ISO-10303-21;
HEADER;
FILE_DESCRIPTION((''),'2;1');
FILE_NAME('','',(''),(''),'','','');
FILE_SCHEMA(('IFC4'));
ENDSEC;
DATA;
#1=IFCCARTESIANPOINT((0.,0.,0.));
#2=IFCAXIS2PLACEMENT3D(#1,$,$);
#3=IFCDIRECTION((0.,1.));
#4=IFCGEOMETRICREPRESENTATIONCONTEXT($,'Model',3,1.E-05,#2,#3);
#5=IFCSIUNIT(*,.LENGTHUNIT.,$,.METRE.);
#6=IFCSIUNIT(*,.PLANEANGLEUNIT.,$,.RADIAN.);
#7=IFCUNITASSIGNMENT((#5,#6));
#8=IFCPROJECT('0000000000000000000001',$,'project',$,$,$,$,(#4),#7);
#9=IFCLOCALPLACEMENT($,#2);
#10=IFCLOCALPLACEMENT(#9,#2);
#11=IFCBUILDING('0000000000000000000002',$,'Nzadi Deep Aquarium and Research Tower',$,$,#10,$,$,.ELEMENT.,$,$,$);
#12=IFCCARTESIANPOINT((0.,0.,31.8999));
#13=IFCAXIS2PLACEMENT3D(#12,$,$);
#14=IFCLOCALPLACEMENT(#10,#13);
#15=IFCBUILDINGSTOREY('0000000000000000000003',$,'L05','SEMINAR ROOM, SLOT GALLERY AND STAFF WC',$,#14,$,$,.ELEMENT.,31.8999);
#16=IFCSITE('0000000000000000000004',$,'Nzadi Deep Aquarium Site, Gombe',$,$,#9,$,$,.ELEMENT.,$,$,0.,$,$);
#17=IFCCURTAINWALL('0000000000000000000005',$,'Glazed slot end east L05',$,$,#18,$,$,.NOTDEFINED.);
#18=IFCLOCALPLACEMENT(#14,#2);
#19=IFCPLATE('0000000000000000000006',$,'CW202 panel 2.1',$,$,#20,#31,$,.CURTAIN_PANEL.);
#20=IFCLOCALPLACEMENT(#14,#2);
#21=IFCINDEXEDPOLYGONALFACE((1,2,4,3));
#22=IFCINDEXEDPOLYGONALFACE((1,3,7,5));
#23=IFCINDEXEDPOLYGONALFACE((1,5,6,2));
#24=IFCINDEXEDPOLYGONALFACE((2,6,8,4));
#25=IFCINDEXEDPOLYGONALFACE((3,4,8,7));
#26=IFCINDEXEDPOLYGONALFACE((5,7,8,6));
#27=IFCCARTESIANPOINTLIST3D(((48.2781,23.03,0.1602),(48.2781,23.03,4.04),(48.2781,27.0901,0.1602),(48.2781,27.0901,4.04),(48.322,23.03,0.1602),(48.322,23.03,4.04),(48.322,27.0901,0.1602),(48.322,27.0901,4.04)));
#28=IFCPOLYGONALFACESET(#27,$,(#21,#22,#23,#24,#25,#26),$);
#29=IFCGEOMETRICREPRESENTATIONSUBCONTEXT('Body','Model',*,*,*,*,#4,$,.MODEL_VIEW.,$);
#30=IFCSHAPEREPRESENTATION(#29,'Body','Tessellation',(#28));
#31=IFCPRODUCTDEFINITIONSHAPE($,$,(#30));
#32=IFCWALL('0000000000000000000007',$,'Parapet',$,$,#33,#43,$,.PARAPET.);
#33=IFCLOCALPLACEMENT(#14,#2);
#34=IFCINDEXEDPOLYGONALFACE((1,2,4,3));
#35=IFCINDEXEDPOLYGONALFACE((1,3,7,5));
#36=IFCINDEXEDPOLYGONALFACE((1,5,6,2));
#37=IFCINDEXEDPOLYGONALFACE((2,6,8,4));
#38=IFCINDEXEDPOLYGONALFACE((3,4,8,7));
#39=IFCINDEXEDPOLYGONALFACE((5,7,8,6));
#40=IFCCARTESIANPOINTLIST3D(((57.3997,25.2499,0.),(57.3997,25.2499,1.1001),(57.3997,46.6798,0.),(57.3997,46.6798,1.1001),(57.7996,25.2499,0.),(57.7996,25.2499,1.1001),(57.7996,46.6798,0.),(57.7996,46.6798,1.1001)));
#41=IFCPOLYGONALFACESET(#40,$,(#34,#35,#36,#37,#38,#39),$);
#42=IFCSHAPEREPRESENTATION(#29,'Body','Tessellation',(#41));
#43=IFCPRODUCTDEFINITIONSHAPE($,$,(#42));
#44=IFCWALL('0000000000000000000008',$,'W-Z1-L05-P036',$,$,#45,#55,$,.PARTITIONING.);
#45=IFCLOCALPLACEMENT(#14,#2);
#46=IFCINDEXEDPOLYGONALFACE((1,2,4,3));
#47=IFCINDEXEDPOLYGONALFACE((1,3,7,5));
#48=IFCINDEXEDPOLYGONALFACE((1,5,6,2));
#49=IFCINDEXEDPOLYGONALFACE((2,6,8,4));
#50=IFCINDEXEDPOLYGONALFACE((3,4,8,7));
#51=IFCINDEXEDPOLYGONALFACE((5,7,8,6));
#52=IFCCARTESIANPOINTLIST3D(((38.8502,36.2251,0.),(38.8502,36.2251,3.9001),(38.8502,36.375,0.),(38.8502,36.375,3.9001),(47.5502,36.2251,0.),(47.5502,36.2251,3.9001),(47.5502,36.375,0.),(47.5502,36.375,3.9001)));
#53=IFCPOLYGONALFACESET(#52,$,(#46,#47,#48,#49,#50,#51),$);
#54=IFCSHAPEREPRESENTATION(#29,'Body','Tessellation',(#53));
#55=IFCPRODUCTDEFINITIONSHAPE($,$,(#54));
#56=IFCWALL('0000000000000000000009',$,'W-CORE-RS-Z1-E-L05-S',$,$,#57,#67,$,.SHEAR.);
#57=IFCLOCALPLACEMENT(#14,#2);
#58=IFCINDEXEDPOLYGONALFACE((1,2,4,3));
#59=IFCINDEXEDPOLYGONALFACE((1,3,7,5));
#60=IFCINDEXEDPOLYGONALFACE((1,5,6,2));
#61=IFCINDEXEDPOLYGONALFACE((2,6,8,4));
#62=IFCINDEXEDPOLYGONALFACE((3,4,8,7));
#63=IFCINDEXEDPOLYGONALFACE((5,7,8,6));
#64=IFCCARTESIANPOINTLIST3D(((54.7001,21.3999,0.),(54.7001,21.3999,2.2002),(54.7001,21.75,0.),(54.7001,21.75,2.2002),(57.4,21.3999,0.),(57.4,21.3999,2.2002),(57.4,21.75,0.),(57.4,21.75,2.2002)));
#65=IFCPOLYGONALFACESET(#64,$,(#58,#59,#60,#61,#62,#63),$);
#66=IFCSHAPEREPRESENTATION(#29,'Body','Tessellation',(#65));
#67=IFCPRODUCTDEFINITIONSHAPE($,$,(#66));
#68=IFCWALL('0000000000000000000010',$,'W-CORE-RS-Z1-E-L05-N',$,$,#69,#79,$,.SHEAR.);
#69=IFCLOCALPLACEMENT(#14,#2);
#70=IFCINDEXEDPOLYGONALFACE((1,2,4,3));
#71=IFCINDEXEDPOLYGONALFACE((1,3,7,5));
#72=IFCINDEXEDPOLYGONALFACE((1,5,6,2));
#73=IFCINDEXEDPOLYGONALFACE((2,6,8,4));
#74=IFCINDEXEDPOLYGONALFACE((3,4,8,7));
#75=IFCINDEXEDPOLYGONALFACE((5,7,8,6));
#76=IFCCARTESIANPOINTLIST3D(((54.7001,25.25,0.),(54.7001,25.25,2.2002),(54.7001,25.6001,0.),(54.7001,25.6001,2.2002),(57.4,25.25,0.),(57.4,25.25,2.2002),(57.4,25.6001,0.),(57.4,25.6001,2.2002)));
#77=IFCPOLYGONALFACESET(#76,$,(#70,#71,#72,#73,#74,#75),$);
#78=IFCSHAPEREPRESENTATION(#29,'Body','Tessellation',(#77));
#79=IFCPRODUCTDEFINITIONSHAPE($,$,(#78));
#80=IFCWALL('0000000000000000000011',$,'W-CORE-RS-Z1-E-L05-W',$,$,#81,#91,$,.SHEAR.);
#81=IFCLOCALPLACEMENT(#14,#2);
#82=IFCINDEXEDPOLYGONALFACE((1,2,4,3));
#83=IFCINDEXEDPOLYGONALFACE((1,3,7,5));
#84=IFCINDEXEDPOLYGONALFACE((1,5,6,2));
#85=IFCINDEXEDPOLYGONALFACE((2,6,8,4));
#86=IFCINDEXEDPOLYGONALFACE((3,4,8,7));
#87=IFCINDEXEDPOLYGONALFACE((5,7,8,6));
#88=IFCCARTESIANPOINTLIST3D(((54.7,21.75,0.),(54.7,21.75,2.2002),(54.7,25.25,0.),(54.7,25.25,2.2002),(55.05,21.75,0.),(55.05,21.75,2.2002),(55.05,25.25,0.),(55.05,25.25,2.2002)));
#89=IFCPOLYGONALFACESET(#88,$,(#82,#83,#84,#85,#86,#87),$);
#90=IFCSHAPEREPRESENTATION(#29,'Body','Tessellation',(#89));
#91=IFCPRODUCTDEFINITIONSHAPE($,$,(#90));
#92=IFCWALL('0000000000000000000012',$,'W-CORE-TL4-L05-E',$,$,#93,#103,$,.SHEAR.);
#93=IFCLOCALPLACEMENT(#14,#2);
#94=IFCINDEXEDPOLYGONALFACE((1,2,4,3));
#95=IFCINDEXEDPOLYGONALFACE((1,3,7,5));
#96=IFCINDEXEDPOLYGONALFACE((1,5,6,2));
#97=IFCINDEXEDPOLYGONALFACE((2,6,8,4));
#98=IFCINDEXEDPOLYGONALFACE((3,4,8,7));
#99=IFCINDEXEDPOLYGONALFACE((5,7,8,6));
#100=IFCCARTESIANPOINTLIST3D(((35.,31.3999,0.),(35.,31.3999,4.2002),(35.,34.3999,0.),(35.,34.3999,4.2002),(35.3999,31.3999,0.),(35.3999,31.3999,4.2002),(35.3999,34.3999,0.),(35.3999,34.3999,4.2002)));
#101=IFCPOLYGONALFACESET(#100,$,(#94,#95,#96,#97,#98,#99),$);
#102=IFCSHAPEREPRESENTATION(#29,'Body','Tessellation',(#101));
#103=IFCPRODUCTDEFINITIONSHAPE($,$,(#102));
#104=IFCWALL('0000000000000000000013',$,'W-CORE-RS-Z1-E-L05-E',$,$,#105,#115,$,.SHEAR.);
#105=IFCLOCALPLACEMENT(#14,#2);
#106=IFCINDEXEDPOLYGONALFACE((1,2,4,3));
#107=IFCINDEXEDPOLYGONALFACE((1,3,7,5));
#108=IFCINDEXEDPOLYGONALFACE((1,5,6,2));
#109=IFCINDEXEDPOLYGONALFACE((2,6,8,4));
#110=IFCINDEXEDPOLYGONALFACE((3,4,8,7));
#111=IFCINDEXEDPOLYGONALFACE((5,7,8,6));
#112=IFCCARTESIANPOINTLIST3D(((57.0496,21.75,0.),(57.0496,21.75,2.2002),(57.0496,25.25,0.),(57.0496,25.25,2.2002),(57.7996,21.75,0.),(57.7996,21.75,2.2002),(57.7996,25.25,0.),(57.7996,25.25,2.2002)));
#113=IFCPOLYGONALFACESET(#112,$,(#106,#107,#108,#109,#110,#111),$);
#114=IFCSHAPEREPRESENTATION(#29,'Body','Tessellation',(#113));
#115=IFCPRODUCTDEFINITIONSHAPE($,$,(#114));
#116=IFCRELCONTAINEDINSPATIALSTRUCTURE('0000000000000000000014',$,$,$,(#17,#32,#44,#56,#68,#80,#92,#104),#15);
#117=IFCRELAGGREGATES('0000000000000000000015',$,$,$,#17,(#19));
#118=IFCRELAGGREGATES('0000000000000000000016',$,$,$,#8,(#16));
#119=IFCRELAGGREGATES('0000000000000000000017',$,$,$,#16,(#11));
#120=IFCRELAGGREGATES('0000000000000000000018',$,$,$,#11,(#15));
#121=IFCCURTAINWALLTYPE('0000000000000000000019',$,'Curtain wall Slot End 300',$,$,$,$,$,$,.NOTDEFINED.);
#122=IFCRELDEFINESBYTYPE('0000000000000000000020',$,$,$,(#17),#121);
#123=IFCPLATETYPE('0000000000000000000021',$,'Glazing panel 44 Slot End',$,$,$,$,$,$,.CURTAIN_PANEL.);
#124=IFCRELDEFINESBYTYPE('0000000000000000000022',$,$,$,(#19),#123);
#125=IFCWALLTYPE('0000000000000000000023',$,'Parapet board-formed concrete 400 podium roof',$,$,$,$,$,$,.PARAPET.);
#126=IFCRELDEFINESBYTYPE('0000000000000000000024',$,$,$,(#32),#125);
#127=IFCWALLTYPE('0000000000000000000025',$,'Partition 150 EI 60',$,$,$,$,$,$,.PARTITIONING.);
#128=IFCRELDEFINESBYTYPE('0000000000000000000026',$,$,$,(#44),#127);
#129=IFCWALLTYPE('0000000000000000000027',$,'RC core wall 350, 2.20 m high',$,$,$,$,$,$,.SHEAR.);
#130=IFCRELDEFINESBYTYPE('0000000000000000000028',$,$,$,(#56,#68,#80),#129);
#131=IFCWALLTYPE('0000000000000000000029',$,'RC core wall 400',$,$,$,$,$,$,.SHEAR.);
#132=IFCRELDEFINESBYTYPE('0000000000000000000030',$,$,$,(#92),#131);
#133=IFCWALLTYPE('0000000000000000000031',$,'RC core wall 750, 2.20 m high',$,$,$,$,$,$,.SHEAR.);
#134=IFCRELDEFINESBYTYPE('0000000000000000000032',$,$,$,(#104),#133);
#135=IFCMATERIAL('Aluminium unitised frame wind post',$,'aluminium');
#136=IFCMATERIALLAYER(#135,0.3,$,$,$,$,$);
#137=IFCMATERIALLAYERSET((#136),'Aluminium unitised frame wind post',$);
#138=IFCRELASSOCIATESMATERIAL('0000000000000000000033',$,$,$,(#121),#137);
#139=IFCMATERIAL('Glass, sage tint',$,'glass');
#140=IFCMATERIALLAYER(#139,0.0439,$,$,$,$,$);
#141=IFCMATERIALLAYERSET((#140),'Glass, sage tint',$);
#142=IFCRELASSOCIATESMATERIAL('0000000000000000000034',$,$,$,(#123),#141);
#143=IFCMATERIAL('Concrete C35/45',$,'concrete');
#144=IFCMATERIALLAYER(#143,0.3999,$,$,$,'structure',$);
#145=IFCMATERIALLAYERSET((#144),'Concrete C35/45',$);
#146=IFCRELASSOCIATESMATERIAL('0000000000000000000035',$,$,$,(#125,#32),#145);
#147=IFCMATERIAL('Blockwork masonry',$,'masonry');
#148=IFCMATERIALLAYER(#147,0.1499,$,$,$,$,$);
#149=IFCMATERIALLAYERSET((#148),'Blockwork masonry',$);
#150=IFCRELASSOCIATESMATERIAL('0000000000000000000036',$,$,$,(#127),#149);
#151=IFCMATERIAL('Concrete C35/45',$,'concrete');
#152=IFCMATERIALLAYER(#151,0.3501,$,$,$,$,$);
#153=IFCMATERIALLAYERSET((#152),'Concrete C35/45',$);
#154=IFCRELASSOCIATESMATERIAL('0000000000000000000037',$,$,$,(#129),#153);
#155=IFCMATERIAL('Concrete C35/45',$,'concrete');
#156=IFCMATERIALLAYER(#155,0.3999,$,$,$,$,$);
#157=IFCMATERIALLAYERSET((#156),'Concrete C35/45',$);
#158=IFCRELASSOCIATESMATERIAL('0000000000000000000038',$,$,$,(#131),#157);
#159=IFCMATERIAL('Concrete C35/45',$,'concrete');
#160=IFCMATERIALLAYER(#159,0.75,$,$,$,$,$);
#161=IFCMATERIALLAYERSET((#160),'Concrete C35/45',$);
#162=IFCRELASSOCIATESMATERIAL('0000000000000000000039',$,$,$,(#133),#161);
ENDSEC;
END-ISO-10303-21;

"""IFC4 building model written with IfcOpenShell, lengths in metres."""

from ifc_helpers import new_model, si_unit, direction, frame, frame_2d, origin, origin_2d, place, context, subcontext, project, spatial, rectangle, extrude, material, layer, layer_set, layer_usage, type_object, element, aggregate, save


model = new_model("IFC4")

# Units and contexts
model_context = context("Model", 3, precision=1e-05, world=origin(), true_north=direction((0.0, 1.0)))
body_context = subcontext(model_context, "Body", "Model", "MODEL_VIEW")
ifc_project = project(units=[si_unit("LENGTHUNIT", "METRE"), si_unit("PLANEANGLEUNIT", "RADIAN")], contexts=[model_context])

# Site, building, storey
site_placement = place(None, origin())
site = spatial("IfcSite", under=ifc_project, at=site_placement, Name="Nzadi Deep Aquarium Site, Gombe", CompositionType="ELEMENT", RefElevation=0.0)
building_placement = place(site_placement, origin())
building = spatial("IfcBuilding", under=site, at=building_placement, Name="Nzadi Deep Aquarium and Research Tower", CompositionType="ELEMENT")
storey_placement = place(building_placement, frame((0.0, 0.0, 31.8999)))
storey = spatial("IfcBuildingStorey", under=building, at=storey_placement, Name="L05", Description="SEMINAR ROOM, SLOT GALLERY AND STAFF WC", CompositionType="ELEMENT", Elevation=31.8999)

# Curtain wall
ifc_material_1 = material(Name="Aluminium unitised frame wind post", Category="aluminium")
ifc_layer_1 = layer(ifc_material_1, 0.3)
ifc_layer_set_1 = layer_set([ifc_layer_1], Name="Aluminium unitised frame wind post")
curtain_wall_type_1 = type_object("IfcCurtainWallType", Name="Curtain wall Slot End 300", PredefinedType="NOTDEFINED", material=ifc_layer_set_1)
curtain_wall_1_placement = place(storey_placement, origin())
curtain_wall_1 = element("IfcCurtainWall", 1, at=curtain_wall_1_placement, inside=storey, type_object=curtain_wall_type_1, Name="Glazed slot end east L05", PredefinedType="NOTDEFINED")

# Plate
ifc_material_2 = material(Name="Glass, sage tint", Category="glass")
ifc_layer_2 = layer(ifc_material_2, 0.0439)
ifc_layer_set_2 = layer_set([ifc_layer_2], Name="Glass, sage tint")
plate_type_1 = type_object("IfcPlateType", Name="Glazing panel 44 Slot End", PredefinedType="CURTAIN_PANEL", material=ifc_layer_set_2)
plate_1_placement = place(storey_placement, frame((48.3, 25.0601, 0.1602), z_axis=(0.0, 0.0, 1.0), x_axis=(0.0, 1.0, 0.0)))
plate_1 = element("IfcPlate", 2, at=plate_1_placement, type_object=plate_type_1, Name="CW202 panel 2.1", PredefinedType="CURTAIN_PANEL", context=body_context, shape_type="SweptSolid", body=[
    extrude(rectangle(XDim=4.0601, YDim=0.0439, at=origin_2d()), origin(), (0.0, 0.0, 1.0), 3.8799),
])
aggregate(curtain_wall_1, [plate_1])

# Shared definitions
ifc_material_3 = material(Name="Concrete C35/45", Category="concrete")

# Walls
ifc_layer_3 = layer(ifc_material_3, 0.3999, Category="structure")
ifc_layer_set_3 = layer_set([ifc_layer_3], Name="Concrete C35/45")
ifc_layer_usage_1 = layer_usage(ifc_layer_set_3, "AXIS2", "POSITIVE", -0.2)
wall_type_1 = type_object("IfcWallType", Name="Parapet board-formed concrete 400 podium roof", PredefinedType="PARAPET", material=ifc_layer_set_3)
wall_1_placement = place(storey_placement, frame((57.5996, 25.25, 0.0), z_axis=(0.0, 0.0, 1.0), x_axis=(0.0, 1.0, 0.0)))
element("IfcWall", 3, at=wall_1_placement, inside=storey, type_object=wall_type_1, material=ifc_layer_usage_1, Name="Parapet", PredefinedType="PARAPET", context=body_context, shape_type="SweptSolid", body=[
    extrude(rectangle(XDim=21.4299, YDim=0.3999, at=frame_2d((10.7148, 0.0))), origin(), (0.0, 0.0, 1.0), 1.1001),
])
ifc_material_4 = material(Name="Blockwork masonry", Category="masonry")
ifc_layer_4 = layer(ifc_material_4, 0.1499)
ifc_layer_set_4 = layer_set([ifc_layer_4], Name="Blockwork masonry")
wall_type_2 = type_object("IfcWallType", Name="Partition 150 EI 60", PredefinedType="PARTITIONING", material=ifc_layer_set_4)
wall_2_placement = place(storey_placement, frame((38.8501, 36.3, 0.0), z_axis=(0.0, 0.0, 1.0), x_axis=(1.0, 0.0, 0.0)))
element("IfcWall", 4, at=wall_2_placement, inside=storey, type_object=wall_type_2, Name="W-Z1-L05-P036", PredefinedType="PARTITIONING", context=body_context, shape_type="SweptSolid", body=[
    extrude(rectangle(XDim=8.7, YDim=0.1499, at=frame_2d((4.3501, 0.0))), origin(), (0.0, 0.0, 1.0), 3.9001),
])
ifc_material_5 = material(Name="Concrete C35/45", Category="concrete")
ifc_layer_5 = layer(ifc_material_5, 0.3501)
ifc_layer_set_5 = layer_set([ifc_layer_5], Name="Concrete C35/45")
wall_type_3 = type_object("IfcWallType", Name="RC core wall 350, 2.20 m high", PredefinedType="SHEAR", material=ifc_layer_set_5)
for number, where, z_axis, x_axis, name in (
    (5, (54.7, 21.575, 0.0), (0.0, 0.0, 1.0), (1.0, 0.0, 0.0), "W-CORE-RS-Z1-E-L05-S"),
    (6, (54.7, 25.425, 0.0), (0.0, 0.0, 1.0), (1.0, 0.0, 0.0), "W-CORE-RS-Z1-E-L05-N"),
):
    element("IfcWall", number, at=place(storey_placement, frame(where, z_axis=z_axis, x_axis=x_axis)), inside=storey, type_object=wall_type_3, Name=name, PredefinedType="SHEAR", context=body_context, shape_type="SweptSolid", body=[
        extrude(rectangle(XDim=2.7, YDim=0.3501, at=frame_2d((1.3501, 0.0))), origin(), (0.0, 0.0, 1.0), 2.2002),
    ])
wall_3_placement = place(storey_placement, frame((54.875, 21.75, 0.0), z_axis=(0.0, 0.0, 1.0), x_axis=(0.0, 1.0, 0.0)))
element("IfcWall", 7, at=wall_3_placement, inside=storey, type_object=wall_type_3, Name="W-CORE-RS-Z1-E-L05-W", PredefinedType="SHEAR", context=body_context, shape_type="SweptSolid", body=[
    extrude(rectangle(XDim=3.5, YDim=0.3501, at=frame_2d((1.75, 0.0))), origin(), (0.0, 0.0, 1.0), 2.2002),
])
ifc_material_6 = material(Name="Concrete C35/45", Category="concrete")
ifc_layer_6 = layer(ifc_material_6, 0.3999)
ifc_layer_set_6 = layer_set([ifc_layer_6], Name="Concrete C35/45")
wall_type_4 = type_object("IfcWallType", Name="RC core wall 400", PredefinedType="SHEAR", material=ifc_layer_set_6)
wall_4_placement = place(storey_placement, frame((35.2, 31.3999, 0.0), z_axis=(0.0, 0.0, 1.0), x_axis=(0.0, 1.0, 0.0)))
element("IfcWall", 8, at=wall_4_placement, inside=storey, type_object=wall_type_4, Name="W-CORE-TL4-L05-E", PredefinedType="SHEAR", context=body_context, shape_type="SweptSolid", body=[
    extrude(rectangle(XDim=3.0, YDim=0.3999, at=frame_2d((1.5, 0.0))), origin(), (0.0, 0.0, 1.0), 4.2002),
])
ifc_material_7 = material(Name="Concrete C35/45", Category="concrete")
ifc_layer_7 = layer(ifc_material_7, 0.75)
ifc_layer_set_7 = layer_set([ifc_layer_7], Name="Concrete C35/45")
wall_type_5 = type_object("IfcWallType", Name="RC core wall 750, 2.20 m high", PredefinedType="SHEAR", material=ifc_layer_set_7)
wall_5_placement = place(storey_placement, frame((57.4246, 21.75, 0.0), z_axis=(0.0, 0.0, 1.0), x_axis=(0.0, 1.0, 0.0)))
element("IfcWall", 9, at=wall_5_placement, inside=storey, type_object=wall_type_5, Name="W-CORE-RS-Z1-E-L05-E", PredefinedType="SHEAR", context=body_context, shape_type="SweptSolid", body=[
    extrude(rectangle(XDim=3.5, YDim=0.75, at=frame_2d((1.75, 0.0))), origin(), (0.0, 0.0, 1.0), 2.2002),
])

save(model, "model.ifc")
